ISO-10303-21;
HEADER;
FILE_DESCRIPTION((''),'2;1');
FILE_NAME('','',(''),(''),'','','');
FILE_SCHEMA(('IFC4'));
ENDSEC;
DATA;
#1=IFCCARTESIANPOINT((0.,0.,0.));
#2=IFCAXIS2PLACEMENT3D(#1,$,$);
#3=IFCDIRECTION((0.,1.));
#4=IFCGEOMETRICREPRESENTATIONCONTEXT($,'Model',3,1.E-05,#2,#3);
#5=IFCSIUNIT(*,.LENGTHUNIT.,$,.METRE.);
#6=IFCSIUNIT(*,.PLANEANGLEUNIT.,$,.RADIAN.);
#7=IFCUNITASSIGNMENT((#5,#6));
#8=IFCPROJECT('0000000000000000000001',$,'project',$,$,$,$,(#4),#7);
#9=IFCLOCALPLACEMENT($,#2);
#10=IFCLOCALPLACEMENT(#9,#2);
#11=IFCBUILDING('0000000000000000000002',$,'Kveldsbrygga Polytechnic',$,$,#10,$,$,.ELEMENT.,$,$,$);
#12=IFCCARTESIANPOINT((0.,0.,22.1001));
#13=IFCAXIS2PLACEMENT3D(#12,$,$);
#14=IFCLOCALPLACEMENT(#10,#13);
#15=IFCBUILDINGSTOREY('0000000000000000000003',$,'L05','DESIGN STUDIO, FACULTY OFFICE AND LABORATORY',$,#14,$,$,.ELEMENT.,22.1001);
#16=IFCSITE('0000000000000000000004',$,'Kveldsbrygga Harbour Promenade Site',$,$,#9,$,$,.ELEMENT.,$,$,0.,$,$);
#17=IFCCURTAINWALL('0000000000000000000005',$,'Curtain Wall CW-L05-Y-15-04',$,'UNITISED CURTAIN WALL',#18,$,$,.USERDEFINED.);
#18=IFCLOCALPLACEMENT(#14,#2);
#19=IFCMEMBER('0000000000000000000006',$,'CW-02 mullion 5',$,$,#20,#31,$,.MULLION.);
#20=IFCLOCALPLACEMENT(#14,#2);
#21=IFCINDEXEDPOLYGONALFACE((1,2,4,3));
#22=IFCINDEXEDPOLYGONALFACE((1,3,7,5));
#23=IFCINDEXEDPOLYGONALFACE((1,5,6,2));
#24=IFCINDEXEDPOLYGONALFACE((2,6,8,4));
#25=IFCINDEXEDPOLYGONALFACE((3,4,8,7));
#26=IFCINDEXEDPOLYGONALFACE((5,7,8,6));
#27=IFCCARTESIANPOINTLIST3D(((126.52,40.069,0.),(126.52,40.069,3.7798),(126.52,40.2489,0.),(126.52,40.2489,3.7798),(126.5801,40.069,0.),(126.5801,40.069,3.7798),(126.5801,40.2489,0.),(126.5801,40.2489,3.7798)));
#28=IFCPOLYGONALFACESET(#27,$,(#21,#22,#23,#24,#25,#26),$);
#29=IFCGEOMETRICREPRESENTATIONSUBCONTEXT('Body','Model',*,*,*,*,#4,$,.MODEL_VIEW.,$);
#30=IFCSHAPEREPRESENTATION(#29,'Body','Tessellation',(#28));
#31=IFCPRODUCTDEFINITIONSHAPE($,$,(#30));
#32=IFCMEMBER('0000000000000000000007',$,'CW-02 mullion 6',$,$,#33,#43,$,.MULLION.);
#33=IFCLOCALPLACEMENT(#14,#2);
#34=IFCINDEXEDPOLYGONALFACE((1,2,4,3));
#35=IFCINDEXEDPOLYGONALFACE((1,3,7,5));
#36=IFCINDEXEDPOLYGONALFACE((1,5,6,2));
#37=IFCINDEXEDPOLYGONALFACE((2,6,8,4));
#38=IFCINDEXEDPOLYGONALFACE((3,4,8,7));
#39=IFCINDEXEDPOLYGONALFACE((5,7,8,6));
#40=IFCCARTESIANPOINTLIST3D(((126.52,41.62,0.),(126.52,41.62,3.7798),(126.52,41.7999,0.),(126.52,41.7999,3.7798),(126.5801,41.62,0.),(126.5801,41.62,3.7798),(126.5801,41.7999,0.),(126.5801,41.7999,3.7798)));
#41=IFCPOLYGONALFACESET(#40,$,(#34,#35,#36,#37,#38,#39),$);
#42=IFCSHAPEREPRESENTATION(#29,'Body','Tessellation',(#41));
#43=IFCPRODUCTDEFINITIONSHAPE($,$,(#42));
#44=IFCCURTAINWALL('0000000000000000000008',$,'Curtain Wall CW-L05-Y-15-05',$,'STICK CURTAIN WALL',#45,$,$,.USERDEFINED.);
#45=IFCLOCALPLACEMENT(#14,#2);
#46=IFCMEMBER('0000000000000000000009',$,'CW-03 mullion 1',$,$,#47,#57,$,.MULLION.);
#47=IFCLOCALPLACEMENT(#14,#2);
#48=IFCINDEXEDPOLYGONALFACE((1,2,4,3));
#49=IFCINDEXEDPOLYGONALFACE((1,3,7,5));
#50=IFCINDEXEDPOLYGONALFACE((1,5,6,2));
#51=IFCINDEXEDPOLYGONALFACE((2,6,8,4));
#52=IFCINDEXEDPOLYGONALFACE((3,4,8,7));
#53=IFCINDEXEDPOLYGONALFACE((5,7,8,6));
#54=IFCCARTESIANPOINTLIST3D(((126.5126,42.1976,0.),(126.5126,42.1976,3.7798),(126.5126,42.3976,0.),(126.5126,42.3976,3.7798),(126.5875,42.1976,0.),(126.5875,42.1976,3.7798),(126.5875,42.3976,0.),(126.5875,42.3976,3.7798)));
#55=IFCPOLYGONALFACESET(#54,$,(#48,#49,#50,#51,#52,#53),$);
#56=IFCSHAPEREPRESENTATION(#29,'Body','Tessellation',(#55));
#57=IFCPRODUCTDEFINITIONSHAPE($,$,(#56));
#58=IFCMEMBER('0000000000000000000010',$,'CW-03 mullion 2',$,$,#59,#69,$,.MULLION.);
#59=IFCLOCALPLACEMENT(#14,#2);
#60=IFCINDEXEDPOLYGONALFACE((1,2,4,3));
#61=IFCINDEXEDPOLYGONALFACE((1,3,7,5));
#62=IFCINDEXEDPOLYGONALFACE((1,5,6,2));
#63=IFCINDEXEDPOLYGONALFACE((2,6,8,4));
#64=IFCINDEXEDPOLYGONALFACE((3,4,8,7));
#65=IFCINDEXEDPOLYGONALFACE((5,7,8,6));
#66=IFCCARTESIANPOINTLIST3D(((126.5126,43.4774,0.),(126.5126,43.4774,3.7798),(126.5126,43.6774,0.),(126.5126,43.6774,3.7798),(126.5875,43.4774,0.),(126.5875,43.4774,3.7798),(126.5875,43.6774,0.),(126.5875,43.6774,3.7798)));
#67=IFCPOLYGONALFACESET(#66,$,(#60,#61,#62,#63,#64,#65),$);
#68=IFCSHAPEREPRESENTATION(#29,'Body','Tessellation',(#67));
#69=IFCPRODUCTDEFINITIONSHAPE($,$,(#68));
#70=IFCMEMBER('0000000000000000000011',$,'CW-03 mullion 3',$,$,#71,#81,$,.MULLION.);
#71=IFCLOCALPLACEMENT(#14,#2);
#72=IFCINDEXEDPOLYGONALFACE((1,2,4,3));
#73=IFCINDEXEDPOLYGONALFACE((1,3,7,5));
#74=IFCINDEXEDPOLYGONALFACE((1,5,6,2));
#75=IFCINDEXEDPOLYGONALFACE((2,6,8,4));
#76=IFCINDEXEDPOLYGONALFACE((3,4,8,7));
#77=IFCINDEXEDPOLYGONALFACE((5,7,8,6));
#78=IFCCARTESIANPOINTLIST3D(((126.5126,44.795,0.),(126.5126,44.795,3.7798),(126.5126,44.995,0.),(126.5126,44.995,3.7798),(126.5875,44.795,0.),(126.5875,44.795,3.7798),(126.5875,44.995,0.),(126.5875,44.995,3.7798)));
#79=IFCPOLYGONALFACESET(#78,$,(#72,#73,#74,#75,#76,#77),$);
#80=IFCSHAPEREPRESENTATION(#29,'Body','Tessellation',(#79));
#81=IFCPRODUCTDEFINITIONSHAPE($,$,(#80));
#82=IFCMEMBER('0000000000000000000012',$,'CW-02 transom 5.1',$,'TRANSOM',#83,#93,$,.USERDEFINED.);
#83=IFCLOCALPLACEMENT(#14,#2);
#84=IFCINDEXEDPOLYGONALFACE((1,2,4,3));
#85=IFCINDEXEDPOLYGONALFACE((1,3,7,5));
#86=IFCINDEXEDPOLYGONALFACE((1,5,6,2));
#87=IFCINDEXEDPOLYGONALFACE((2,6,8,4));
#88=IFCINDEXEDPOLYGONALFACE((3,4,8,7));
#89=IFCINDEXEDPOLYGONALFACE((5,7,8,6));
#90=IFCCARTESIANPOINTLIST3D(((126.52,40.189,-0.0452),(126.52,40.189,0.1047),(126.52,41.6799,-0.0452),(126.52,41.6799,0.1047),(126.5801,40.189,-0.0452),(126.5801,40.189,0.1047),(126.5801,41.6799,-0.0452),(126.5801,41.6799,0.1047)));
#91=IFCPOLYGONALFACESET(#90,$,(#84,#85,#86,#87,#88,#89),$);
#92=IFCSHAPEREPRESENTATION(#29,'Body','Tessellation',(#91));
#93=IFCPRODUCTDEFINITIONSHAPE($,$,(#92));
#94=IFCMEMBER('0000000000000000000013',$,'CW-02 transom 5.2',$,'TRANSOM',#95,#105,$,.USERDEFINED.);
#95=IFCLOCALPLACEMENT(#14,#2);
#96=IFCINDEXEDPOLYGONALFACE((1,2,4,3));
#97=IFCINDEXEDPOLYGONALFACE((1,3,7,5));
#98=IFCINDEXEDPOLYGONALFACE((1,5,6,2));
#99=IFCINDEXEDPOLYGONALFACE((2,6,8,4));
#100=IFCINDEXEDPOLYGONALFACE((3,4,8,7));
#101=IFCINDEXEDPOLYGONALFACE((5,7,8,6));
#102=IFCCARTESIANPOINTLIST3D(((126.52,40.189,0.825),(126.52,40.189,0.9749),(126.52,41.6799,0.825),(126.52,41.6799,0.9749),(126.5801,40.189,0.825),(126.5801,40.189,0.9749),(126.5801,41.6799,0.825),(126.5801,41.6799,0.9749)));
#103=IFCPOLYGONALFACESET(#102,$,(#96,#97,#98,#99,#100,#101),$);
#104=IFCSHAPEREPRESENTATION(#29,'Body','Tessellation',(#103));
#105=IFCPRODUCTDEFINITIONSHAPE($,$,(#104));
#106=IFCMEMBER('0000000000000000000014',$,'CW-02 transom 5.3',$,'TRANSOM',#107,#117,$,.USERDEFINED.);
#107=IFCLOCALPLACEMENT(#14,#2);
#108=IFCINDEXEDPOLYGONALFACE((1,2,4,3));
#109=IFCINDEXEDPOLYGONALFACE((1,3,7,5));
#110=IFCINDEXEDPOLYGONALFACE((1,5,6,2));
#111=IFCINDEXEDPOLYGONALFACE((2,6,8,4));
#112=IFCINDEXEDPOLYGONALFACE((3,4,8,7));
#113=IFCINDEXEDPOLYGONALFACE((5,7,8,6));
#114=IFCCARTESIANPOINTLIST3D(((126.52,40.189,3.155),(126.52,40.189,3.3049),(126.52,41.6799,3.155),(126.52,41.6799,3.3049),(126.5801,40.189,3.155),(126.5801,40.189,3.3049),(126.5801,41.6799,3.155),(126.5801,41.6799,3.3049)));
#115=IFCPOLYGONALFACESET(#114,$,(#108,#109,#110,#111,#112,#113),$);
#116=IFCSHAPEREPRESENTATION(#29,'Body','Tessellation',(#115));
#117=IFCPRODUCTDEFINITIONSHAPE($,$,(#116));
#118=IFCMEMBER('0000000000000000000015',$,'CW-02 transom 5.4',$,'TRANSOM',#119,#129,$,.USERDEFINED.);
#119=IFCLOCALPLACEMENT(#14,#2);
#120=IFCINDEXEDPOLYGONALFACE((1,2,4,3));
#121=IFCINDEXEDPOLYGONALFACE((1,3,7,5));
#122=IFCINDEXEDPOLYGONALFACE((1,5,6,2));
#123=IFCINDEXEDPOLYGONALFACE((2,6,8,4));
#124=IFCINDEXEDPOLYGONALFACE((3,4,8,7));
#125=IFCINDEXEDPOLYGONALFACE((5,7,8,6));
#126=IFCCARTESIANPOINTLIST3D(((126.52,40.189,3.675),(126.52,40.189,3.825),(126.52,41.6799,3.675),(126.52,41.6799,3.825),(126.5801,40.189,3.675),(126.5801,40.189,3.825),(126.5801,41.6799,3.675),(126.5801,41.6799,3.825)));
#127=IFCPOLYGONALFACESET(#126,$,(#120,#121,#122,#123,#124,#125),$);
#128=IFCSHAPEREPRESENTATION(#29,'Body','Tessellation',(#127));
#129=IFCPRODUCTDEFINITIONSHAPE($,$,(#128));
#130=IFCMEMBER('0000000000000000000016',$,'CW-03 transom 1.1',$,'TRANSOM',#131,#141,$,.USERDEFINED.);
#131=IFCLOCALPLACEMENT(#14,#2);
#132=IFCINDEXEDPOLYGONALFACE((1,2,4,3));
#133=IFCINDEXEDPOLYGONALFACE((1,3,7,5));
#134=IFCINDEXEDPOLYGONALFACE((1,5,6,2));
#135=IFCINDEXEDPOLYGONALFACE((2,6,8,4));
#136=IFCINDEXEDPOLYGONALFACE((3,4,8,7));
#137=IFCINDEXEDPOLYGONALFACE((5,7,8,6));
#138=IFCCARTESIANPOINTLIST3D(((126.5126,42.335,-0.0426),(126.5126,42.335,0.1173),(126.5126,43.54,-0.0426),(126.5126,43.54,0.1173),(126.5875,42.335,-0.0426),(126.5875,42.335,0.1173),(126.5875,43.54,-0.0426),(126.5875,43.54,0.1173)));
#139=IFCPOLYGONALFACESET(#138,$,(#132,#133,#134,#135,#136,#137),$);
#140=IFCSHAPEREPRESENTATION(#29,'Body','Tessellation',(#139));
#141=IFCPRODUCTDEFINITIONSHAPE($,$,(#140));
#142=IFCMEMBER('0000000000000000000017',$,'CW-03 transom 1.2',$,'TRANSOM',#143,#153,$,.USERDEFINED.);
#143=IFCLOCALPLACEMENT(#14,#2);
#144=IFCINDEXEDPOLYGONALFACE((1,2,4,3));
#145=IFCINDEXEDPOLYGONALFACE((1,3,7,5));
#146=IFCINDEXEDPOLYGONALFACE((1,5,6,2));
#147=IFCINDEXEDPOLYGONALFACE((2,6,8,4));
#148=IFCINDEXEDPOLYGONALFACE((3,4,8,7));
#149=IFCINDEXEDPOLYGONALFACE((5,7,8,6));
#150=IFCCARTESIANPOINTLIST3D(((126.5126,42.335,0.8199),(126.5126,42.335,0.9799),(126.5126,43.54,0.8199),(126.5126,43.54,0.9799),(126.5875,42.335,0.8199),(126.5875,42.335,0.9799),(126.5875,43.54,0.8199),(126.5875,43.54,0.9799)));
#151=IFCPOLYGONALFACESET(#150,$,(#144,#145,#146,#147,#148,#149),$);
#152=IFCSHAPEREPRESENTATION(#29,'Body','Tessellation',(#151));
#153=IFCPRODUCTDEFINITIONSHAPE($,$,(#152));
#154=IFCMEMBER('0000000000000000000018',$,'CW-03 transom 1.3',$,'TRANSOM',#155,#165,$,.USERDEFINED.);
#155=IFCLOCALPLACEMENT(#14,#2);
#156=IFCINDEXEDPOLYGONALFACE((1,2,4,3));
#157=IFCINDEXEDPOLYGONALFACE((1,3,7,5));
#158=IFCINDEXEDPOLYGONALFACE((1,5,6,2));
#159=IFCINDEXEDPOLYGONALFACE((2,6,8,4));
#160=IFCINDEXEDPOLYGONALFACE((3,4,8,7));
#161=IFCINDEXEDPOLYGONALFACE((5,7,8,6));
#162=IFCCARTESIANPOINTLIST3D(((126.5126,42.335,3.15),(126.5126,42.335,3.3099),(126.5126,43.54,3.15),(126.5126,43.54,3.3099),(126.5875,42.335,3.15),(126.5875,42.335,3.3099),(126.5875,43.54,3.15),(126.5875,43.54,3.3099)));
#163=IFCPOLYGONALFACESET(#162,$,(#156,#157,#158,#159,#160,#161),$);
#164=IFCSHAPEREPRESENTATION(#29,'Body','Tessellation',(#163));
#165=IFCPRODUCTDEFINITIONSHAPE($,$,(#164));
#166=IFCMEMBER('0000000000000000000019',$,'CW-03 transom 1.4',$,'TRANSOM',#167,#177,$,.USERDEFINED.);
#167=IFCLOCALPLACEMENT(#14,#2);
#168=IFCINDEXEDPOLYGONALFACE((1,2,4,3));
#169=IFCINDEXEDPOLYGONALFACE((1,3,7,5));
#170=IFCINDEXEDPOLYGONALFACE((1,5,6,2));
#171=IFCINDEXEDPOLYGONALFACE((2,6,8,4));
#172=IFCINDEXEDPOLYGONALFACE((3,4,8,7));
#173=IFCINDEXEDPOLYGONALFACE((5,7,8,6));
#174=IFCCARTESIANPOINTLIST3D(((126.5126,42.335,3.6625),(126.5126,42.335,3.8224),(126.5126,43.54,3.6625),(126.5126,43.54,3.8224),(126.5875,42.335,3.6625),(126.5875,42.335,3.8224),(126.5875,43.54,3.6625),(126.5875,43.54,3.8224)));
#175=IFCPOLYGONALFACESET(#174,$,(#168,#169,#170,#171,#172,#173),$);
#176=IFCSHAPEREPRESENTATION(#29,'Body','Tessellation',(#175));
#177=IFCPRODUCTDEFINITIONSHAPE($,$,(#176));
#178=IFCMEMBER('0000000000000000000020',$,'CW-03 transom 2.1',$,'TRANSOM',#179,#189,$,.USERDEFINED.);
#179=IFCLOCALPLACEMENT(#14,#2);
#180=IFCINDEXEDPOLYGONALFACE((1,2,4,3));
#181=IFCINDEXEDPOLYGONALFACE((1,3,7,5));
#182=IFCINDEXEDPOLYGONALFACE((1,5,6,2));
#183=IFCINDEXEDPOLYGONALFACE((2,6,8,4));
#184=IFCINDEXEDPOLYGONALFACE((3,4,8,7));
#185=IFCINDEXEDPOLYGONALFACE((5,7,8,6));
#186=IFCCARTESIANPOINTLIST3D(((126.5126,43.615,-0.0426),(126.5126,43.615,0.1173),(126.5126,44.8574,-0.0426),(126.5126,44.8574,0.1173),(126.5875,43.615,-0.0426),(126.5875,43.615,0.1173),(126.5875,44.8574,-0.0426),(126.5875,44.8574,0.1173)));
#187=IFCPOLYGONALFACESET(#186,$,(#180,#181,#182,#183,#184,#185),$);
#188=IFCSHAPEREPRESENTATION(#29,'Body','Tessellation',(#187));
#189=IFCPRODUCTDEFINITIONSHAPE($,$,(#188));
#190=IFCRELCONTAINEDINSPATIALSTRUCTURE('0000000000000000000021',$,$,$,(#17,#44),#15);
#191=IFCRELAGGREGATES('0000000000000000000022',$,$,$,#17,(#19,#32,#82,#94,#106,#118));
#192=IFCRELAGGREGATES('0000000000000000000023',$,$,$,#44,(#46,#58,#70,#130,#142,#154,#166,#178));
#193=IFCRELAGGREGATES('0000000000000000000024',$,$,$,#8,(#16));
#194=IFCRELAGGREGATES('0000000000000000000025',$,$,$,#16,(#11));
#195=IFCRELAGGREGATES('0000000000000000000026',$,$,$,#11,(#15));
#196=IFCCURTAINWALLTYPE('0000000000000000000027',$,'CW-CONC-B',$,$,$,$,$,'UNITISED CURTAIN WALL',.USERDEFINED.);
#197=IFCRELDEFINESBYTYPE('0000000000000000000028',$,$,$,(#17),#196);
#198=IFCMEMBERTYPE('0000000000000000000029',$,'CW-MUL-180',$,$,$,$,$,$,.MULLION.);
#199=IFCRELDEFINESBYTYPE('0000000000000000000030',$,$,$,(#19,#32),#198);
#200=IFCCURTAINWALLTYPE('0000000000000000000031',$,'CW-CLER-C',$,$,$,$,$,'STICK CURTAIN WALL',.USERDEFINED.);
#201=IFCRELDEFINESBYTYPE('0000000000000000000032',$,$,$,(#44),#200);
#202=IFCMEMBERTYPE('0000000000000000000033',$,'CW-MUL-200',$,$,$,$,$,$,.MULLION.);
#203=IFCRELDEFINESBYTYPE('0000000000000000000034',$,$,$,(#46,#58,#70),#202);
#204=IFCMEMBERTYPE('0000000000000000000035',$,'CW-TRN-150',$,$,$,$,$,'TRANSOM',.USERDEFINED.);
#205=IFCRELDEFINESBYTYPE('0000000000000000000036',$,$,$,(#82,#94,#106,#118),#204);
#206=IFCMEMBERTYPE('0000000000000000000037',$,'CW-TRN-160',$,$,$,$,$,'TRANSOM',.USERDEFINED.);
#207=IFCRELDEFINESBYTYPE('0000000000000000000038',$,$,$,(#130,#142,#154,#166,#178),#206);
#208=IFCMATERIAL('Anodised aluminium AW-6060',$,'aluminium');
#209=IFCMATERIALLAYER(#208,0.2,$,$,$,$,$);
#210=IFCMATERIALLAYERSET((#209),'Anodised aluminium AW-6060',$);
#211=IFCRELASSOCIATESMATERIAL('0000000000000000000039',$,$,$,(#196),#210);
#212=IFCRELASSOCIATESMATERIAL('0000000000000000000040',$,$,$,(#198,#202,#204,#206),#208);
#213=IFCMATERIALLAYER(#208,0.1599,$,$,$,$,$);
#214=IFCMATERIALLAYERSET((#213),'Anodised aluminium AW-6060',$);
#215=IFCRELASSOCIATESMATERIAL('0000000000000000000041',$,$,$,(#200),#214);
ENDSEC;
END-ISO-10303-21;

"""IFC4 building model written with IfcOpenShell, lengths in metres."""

from ifc_helpers import new_model, si_unit, direction, frame, origin, origin_2d, place, context, subcontext, project, spatial, rectangle, extrude, material, layer, layer_set, material_profile, profile_set, type_object, element, aggregate, save


model = new_model("IFC4")

# Units and contexts
model_context = context("Model", 3, precision=1e-05, world=origin(), true_north=direction((0.0, 1.0)))
body_context = subcontext(model_context, "Body", "Model", "MODEL_VIEW")
ifc_project = project(units=[si_unit("LENGTHUNIT", "METRE"), si_unit("PLANEANGLEUNIT", "RADIAN")], contexts=[model_context])

# Site, building, storey
site_placement = place(None, origin())
site = spatial("IfcSite", under=ifc_project, at=site_placement, Name="Kveldsbrygga Harbour Promenade Site", CompositionType="ELEMENT", RefElevation=0.0)
building_placement = place(site_placement, origin())
building = spatial("IfcBuilding", under=site, at=building_placement, Name="Kveldsbrygga Polytechnic", CompositionType="ELEMENT")
storey_placement = place(building_placement, frame((0.0, 0.0, 22.1001)))
storey = spatial("IfcBuildingStorey", under=building, at=storey_placement, Name="L05", Description="DESIGN STUDIO, FACULTY OFFICE AND LABORATORY", CompositionType="ELEMENT", Elevation=22.1001)

# Curtain walls, members
ifc_material_1 = material(Name="Anodised aluminium AW-6060", Category="aluminium")
ifc_layer_1 = layer(ifc_material_1, 0.2)
ifc_layer_set_1 = layer_set([ifc_layer_1], Name="Anodised aluminium AW-6060")
curtain_wall_type_1 = type_object("IfcCurtainWallType", Name="CW-CONC-B", ElementType="UNITISED CURTAIN WALL", PredefinedType="USERDEFINED", material=ifc_layer_set_1)
curtain_wall_1_placement = place(storey_placement, origin())
curtain_wall_1 = element("IfcCurtainWall", 1, at=curtain_wall_1_placement, inside=storey, type_object=curtain_wall_type_1, Name="Curtain Wall CW-L05-Y-15-04", ObjectType="UNITISED CURTAIN WALL", PredefinedType="USERDEFINED")
ifc_material_profile_1 = material_profile(ifc_material_1, rectangle(XDim=0.0601, YDim=0.1799, at=origin_2d()), Name="ALU 60x180")
ifc_profile_set_1 = profile_set([ifc_material_profile_1], Name="Anodised aluminium AW-6060")
member_type_1 = type_object("IfcMemberType", Name="CW-MUL-180", PredefinedType="MULLION", material=ifc_profile_set_1)
member_1_placement = place(storey_placement, frame((126.55, 40.1589, 0.0), z_axis=(0.0, 0.0, 1.0), x_axis=(-1.0, 0.0, 0.0)))
member_1 = element("IfcMember", 2, at=member_1_placement, type_object=member_type_1, Name="CW-02 mullion 5", PredefinedType="MULLION", context=body_context, shape_type="SweptSolid", body=[
    extrude(rectangle(XDim=0.0601, YDim=0.1799, at=origin_2d()), origin(), (0.0, 0.0, 1.0), 3.7798),
])
member_2_placement = place(storey_placement, frame((126.55, 41.71, 0.0), z_axis=(0.0, 0.0, 1.0), x_axis=(-1.0, 0.0, 0.0)))
member_2 = element("IfcMember", 3, at=member_2_placement, type_object=member_type_1, Name="CW-02 mullion 6", PredefinedType="MULLION", context=body_context, shape_type="SweptSolid", body=[
    extrude(rectangle(XDim=0.0601, YDim=0.1799, at=origin_2d()), origin(), (0.0, 0.0, 1.0), 3.7798),
])
ifc_layer_2 = layer(ifc_material_1, 0.1599)
ifc_layer_set_2 = layer_set([ifc_layer_2], Name="Anodised aluminium AW-6060")
curtain_wall_type_2 = type_object("IfcCurtainWallType", Name="CW-CLER-C", ElementType="STICK CURTAIN WALL", PredefinedType="USERDEFINED", material=ifc_layer_set_2)
curtain_wall_2_placement = place(storey_placement, origin())
curtain_wall_2 = element("IfcCurtainWall", 4, at=curtain_wall_2_placement, inside=storey, type_object=curtain_wall_type_2, Name="Curtain Wall CW-L05-Y-15-05", ObjectType="STICK CURTAIN WALL", PredefinedType="USERDEFINED")
ifc_material_profile_2 = material_profile(ifc_material_1, rectangle(XDim=0.075, YDim=0.2, at=origin_2d()), Name="ALU 75x200")
ifc_profile_set_2 = profile_set([ifc_material_profile_2], Name="Anodised aluminium AW-6060")
member_type_2 = type_object("IfcMemberType", Name="CW-MUL-200", PredefinedType="MULLION", material=ifc_profile_set_2)
member_3_placement = place(storey_placement, frame((126.55, 42.2976, 0.0), z_axis=(0.0, 0.0, 1.0), x_axis=(-1.0, 0.0, 0.0)))
member_3 = element("IfcMember", 5, at=member_3_placement, type_object=member_type_2, Name="CW-03 mullion 1", PredefinedType="MULLION", context=body_context, shape_type="SweptSolid", body=[
    extrude(rectangle(XDim=0.075, YDim=0.2, at=origin_2d()), origin(), (0.0, 0.0, 1.0), 3.7798),
])
member_4_placement = place(storey_placement, frame((126.55, 43.5774, 0.0), z_axis=(0.0, 0.0, 1.0), x_axis=(-1.0, 0.0, 0.0)))
member_4 = element("IfcMember", 6, at=member_4_placement, type_object=member_type_2, Name="CW-03 mullion 2", PredefinedType="MULLION", context=body_context, shape_type="SweptSolid", body=[
    extrude(rectangle(XDim=0.075, YDim=0.2, at=origin_2d()), origin(), (0.0, 0.0, 1.0), 3.7798),
])
member_5_placement = place(storey_placement, frame((126.55, 44.895, 0.0), z_axis=(0.0, 0.0, 1.0), x_axis=(-1.0, 0.0, 0.0)))
member_5 = element("IfcMember", 7, at=member_5_placement, type_object=member_type_2, Name="CW-03 mullion 3", PredefinedType="MULLION", context=body_context, shape_type="SweptSolid", body=[
    extrude(rectangle(XDim=0.075, YDim=0.2, at=origin_2d()), origin(), (0.0, 0.0, 1.0), 3.7798),
])

# Members
ifc_material_profile_3 = material_profile(ifc_material_1, rectangle(XDim=0.0601, YDim=0.1499, at=origin_2d()), Name="ALU 60x150")
ifc_profile_set_3 = profile_set([ifc_material_profile_3], Name="Anodised aluminium AW-6060")
member_type_3 = type_object("IfcMemberType", Name="CW-TRN-150", ElementType="TRANSOM", PredefinedType="USERDEFINED", material=ifc_profile_set_3)
member_6_placement = place(storey_placement, frame((126.55, 40.189, 0.0298), z_axis=(0.0, 1.0, 0.0), x_axis=(-1.0, 0.0, 0.0)))
member_6 = element("IfcMember", 8, at=member_6_placement, type_object=member_type_3, Name="CW-02 transom 5.1", ObjectType="TRANSOM", PredefinedType="USERDEFINED", context=body_context, shape_type="SweptSolid", body=[
    extrude(rectangle(XDim=0.0601, YDim=0.1499, at=origin_2d()), origin(), (0.0, 0.0, 1.0), 1.491),
])
member_7_placement = place(storey_placement, frame((126.55, 40.189, 0.8999), z_axis=(0.0, 1.0, 0.0), x_axis=(-1.0, 0.0, 0.0)))
member_7 = element("IfcMember", 9, at=member_7_placement, type_object=member_type_3, Name="CW-02 transom 5.2", ObjectType="TRANSOM", PredefinedType="USERDEFINED", context=body_context, shape_type="SweptSolid", body=[
    extrude(rectangle(XDim=0.0601, YDim=0.1499, at=origin_2d()), origin(), (0.0, 0.0, 1.0), 1.491),
])
member_8_placement = place(storey_placement, frame((126.55, 40.189, 3.23), z_axis=(0.0, 1.0, 0.0), x_axis=(-1.0, 0.0, 0.0)))
member_8 = element("IfcMember", 10, at=member_8_placement, type_object=member_type_3, Name="CW-02 transom 5.3", ObjectType="TRANSOM", PredefinedType="USERDEFINED", context=body_context, shape_type="SweptSolid", body=[
    extrude(rectangle(XDim=0.0601, YDim=0.1499, at=origin_2d()), origin(), (0.0, 0.0, 1.0), 1.491),
])
member_9_placement = place(storey_placement, frame((126.55, 40.189, 3.75), z_axis=(0.0, 1.0, 0.0), x_axis=(-1.0, 0.0, 0.0)))
member_9 = element("IfcMember", 11, at=member_9_placement, type_object=member_type_3, Name="CW-02 transom 5.4", ObjectType="TRANSOM", PredefinedType="USERDEFINED", context=body_context, shape_type="SweptSolid", body=[
    extrude(rectangle(XDim=0.0601, YDim=0.1499, at=origin_2d()), origin(), (0.0, 0.0, 1.0), 1.491),
])
ifc_material_profile_4 = material_profile(ifc_material_1, rectangle(XDim=0.075, YDim=0.1599, at=origin_2d()), Name="ALU 75x160")
ifc_profile_set_4 = profile_set([ifc_material_profile_4], Name="Anodised aluminium AW-6060")
member_type_4 = type_object("IfcMemberType", Name="CW-TRN-160", ElementType="TRANSOM", PredefinedType="USERDEFINED", material=ifc_profile_set_4)
member_10_placement = place(storey_placement, frame((126.55, 42.335, 0.0374), z_axis=(0.0, 1.0, 0.0), x_axis=(-1.0, 0.0, 0.0)))
member_10 = element("IfcMember", 12, at=member_10_placement, type_object=member_type_4, Name="CW-03 transom 1.1", ObjectType="TRANSOM", PredefinedType="USERDEFINED", context=body_context, shape_type="SweptSolid", body=[
    extrude(rectangle(XDim=0.075, YDim=0.1599, at=origin_2d()), origin(), (0.0, 0.0, 1.0), 1.2051),
])
member_11_placement = place(storey_placement, frame((126.55, 42.335, 0.8999), z_axis=(0.0, 1.0, 0.0), x_axis=(-1.0, 0.0, 0.0)))
member_11 = element("IfcMember", 13, at=member_11_placement, type_object=member_type_4, Name="CW-03 transom 1.2", ObjectType="TRANSOM", PredefinedType="USERDEFINED", context=body_context, shape_type="SweptSolid", body=[
    extrude(rectangle(XDim=0.075, YDim=0.1599, at=origin_2d()), origin(), (0.0, 0.0, 1.0), 1.2051),
])
member_12_placement = place(storey_placement, frame((126.55, 42.335, 3.23), z_axis=(0.0, 1.0, 0.0), x_axis=(-1.0, 0.0, 0.0)))
member_12 = element("IfcMember", 14, at=member_12_placement, type_object=member_type_4, Name="CW-03 transom 1.3", ObjectType="TRANSOM", PredefinedType="USERDEFINED", context=body_context, shape_type="SweptSolid", body=[
    extrude(rectangle(XDim=0.075, YDim=0.1599, at=origin_2d()), origin(), (0.0, 0.0, 1.0), 1.2051),
])
member_13_placement = place(storey_placement, frame((126.55, 42.335, 3.7424), z_axis=(0.0, 1.0, 0.0), x_axis=(-1.0, 0.0, 0.0)))
member_13 = element("IfcMember", 15, at=member_13_placement, type_object=member_type_4, Name="CW-03 transom 1.4", ObjectType="TRANSOM", PredefinedType="USERDEFINED", context=body_context, shape_type="SweptSolid", body=[
    extrude(rectangle(XDim=0.075, YDim=0.1599, at=origin_2d()), origin(), (0.0, 0.0, 1.0), 1.2051),
])
member_14_placement = place(storey_placement, frame((126.55, 43.615, 0.0374), z_axis=(0.0, 1.0, 0.0), x_axis=(-1.0, 0.0, 0.0)))
member_14 = element("IfcMember", 16, at=member_14_placement, type_object=member_type_4, Name="CW-03 transom 2.1", ObjectType="TRANSOM", PredefinedType="USERDEFINED", context=body_context, shape_type="SweptSolid", body=[
    extrude(rectangle(XDim=0.075, YDim=0.1599, at=origin_2d()), origin(), (0.0, 0.0, 1.0), 1.2424),
])

aggregate(curtain_wall_1, [member_1, member_2, member_6, member_7, member_8, member_9])
aggregate(curtain_wall_2, [member_3, member_4, member_5, member_10, member_11, member_12, member_13, member_14])

save(model, "model.ifc")
